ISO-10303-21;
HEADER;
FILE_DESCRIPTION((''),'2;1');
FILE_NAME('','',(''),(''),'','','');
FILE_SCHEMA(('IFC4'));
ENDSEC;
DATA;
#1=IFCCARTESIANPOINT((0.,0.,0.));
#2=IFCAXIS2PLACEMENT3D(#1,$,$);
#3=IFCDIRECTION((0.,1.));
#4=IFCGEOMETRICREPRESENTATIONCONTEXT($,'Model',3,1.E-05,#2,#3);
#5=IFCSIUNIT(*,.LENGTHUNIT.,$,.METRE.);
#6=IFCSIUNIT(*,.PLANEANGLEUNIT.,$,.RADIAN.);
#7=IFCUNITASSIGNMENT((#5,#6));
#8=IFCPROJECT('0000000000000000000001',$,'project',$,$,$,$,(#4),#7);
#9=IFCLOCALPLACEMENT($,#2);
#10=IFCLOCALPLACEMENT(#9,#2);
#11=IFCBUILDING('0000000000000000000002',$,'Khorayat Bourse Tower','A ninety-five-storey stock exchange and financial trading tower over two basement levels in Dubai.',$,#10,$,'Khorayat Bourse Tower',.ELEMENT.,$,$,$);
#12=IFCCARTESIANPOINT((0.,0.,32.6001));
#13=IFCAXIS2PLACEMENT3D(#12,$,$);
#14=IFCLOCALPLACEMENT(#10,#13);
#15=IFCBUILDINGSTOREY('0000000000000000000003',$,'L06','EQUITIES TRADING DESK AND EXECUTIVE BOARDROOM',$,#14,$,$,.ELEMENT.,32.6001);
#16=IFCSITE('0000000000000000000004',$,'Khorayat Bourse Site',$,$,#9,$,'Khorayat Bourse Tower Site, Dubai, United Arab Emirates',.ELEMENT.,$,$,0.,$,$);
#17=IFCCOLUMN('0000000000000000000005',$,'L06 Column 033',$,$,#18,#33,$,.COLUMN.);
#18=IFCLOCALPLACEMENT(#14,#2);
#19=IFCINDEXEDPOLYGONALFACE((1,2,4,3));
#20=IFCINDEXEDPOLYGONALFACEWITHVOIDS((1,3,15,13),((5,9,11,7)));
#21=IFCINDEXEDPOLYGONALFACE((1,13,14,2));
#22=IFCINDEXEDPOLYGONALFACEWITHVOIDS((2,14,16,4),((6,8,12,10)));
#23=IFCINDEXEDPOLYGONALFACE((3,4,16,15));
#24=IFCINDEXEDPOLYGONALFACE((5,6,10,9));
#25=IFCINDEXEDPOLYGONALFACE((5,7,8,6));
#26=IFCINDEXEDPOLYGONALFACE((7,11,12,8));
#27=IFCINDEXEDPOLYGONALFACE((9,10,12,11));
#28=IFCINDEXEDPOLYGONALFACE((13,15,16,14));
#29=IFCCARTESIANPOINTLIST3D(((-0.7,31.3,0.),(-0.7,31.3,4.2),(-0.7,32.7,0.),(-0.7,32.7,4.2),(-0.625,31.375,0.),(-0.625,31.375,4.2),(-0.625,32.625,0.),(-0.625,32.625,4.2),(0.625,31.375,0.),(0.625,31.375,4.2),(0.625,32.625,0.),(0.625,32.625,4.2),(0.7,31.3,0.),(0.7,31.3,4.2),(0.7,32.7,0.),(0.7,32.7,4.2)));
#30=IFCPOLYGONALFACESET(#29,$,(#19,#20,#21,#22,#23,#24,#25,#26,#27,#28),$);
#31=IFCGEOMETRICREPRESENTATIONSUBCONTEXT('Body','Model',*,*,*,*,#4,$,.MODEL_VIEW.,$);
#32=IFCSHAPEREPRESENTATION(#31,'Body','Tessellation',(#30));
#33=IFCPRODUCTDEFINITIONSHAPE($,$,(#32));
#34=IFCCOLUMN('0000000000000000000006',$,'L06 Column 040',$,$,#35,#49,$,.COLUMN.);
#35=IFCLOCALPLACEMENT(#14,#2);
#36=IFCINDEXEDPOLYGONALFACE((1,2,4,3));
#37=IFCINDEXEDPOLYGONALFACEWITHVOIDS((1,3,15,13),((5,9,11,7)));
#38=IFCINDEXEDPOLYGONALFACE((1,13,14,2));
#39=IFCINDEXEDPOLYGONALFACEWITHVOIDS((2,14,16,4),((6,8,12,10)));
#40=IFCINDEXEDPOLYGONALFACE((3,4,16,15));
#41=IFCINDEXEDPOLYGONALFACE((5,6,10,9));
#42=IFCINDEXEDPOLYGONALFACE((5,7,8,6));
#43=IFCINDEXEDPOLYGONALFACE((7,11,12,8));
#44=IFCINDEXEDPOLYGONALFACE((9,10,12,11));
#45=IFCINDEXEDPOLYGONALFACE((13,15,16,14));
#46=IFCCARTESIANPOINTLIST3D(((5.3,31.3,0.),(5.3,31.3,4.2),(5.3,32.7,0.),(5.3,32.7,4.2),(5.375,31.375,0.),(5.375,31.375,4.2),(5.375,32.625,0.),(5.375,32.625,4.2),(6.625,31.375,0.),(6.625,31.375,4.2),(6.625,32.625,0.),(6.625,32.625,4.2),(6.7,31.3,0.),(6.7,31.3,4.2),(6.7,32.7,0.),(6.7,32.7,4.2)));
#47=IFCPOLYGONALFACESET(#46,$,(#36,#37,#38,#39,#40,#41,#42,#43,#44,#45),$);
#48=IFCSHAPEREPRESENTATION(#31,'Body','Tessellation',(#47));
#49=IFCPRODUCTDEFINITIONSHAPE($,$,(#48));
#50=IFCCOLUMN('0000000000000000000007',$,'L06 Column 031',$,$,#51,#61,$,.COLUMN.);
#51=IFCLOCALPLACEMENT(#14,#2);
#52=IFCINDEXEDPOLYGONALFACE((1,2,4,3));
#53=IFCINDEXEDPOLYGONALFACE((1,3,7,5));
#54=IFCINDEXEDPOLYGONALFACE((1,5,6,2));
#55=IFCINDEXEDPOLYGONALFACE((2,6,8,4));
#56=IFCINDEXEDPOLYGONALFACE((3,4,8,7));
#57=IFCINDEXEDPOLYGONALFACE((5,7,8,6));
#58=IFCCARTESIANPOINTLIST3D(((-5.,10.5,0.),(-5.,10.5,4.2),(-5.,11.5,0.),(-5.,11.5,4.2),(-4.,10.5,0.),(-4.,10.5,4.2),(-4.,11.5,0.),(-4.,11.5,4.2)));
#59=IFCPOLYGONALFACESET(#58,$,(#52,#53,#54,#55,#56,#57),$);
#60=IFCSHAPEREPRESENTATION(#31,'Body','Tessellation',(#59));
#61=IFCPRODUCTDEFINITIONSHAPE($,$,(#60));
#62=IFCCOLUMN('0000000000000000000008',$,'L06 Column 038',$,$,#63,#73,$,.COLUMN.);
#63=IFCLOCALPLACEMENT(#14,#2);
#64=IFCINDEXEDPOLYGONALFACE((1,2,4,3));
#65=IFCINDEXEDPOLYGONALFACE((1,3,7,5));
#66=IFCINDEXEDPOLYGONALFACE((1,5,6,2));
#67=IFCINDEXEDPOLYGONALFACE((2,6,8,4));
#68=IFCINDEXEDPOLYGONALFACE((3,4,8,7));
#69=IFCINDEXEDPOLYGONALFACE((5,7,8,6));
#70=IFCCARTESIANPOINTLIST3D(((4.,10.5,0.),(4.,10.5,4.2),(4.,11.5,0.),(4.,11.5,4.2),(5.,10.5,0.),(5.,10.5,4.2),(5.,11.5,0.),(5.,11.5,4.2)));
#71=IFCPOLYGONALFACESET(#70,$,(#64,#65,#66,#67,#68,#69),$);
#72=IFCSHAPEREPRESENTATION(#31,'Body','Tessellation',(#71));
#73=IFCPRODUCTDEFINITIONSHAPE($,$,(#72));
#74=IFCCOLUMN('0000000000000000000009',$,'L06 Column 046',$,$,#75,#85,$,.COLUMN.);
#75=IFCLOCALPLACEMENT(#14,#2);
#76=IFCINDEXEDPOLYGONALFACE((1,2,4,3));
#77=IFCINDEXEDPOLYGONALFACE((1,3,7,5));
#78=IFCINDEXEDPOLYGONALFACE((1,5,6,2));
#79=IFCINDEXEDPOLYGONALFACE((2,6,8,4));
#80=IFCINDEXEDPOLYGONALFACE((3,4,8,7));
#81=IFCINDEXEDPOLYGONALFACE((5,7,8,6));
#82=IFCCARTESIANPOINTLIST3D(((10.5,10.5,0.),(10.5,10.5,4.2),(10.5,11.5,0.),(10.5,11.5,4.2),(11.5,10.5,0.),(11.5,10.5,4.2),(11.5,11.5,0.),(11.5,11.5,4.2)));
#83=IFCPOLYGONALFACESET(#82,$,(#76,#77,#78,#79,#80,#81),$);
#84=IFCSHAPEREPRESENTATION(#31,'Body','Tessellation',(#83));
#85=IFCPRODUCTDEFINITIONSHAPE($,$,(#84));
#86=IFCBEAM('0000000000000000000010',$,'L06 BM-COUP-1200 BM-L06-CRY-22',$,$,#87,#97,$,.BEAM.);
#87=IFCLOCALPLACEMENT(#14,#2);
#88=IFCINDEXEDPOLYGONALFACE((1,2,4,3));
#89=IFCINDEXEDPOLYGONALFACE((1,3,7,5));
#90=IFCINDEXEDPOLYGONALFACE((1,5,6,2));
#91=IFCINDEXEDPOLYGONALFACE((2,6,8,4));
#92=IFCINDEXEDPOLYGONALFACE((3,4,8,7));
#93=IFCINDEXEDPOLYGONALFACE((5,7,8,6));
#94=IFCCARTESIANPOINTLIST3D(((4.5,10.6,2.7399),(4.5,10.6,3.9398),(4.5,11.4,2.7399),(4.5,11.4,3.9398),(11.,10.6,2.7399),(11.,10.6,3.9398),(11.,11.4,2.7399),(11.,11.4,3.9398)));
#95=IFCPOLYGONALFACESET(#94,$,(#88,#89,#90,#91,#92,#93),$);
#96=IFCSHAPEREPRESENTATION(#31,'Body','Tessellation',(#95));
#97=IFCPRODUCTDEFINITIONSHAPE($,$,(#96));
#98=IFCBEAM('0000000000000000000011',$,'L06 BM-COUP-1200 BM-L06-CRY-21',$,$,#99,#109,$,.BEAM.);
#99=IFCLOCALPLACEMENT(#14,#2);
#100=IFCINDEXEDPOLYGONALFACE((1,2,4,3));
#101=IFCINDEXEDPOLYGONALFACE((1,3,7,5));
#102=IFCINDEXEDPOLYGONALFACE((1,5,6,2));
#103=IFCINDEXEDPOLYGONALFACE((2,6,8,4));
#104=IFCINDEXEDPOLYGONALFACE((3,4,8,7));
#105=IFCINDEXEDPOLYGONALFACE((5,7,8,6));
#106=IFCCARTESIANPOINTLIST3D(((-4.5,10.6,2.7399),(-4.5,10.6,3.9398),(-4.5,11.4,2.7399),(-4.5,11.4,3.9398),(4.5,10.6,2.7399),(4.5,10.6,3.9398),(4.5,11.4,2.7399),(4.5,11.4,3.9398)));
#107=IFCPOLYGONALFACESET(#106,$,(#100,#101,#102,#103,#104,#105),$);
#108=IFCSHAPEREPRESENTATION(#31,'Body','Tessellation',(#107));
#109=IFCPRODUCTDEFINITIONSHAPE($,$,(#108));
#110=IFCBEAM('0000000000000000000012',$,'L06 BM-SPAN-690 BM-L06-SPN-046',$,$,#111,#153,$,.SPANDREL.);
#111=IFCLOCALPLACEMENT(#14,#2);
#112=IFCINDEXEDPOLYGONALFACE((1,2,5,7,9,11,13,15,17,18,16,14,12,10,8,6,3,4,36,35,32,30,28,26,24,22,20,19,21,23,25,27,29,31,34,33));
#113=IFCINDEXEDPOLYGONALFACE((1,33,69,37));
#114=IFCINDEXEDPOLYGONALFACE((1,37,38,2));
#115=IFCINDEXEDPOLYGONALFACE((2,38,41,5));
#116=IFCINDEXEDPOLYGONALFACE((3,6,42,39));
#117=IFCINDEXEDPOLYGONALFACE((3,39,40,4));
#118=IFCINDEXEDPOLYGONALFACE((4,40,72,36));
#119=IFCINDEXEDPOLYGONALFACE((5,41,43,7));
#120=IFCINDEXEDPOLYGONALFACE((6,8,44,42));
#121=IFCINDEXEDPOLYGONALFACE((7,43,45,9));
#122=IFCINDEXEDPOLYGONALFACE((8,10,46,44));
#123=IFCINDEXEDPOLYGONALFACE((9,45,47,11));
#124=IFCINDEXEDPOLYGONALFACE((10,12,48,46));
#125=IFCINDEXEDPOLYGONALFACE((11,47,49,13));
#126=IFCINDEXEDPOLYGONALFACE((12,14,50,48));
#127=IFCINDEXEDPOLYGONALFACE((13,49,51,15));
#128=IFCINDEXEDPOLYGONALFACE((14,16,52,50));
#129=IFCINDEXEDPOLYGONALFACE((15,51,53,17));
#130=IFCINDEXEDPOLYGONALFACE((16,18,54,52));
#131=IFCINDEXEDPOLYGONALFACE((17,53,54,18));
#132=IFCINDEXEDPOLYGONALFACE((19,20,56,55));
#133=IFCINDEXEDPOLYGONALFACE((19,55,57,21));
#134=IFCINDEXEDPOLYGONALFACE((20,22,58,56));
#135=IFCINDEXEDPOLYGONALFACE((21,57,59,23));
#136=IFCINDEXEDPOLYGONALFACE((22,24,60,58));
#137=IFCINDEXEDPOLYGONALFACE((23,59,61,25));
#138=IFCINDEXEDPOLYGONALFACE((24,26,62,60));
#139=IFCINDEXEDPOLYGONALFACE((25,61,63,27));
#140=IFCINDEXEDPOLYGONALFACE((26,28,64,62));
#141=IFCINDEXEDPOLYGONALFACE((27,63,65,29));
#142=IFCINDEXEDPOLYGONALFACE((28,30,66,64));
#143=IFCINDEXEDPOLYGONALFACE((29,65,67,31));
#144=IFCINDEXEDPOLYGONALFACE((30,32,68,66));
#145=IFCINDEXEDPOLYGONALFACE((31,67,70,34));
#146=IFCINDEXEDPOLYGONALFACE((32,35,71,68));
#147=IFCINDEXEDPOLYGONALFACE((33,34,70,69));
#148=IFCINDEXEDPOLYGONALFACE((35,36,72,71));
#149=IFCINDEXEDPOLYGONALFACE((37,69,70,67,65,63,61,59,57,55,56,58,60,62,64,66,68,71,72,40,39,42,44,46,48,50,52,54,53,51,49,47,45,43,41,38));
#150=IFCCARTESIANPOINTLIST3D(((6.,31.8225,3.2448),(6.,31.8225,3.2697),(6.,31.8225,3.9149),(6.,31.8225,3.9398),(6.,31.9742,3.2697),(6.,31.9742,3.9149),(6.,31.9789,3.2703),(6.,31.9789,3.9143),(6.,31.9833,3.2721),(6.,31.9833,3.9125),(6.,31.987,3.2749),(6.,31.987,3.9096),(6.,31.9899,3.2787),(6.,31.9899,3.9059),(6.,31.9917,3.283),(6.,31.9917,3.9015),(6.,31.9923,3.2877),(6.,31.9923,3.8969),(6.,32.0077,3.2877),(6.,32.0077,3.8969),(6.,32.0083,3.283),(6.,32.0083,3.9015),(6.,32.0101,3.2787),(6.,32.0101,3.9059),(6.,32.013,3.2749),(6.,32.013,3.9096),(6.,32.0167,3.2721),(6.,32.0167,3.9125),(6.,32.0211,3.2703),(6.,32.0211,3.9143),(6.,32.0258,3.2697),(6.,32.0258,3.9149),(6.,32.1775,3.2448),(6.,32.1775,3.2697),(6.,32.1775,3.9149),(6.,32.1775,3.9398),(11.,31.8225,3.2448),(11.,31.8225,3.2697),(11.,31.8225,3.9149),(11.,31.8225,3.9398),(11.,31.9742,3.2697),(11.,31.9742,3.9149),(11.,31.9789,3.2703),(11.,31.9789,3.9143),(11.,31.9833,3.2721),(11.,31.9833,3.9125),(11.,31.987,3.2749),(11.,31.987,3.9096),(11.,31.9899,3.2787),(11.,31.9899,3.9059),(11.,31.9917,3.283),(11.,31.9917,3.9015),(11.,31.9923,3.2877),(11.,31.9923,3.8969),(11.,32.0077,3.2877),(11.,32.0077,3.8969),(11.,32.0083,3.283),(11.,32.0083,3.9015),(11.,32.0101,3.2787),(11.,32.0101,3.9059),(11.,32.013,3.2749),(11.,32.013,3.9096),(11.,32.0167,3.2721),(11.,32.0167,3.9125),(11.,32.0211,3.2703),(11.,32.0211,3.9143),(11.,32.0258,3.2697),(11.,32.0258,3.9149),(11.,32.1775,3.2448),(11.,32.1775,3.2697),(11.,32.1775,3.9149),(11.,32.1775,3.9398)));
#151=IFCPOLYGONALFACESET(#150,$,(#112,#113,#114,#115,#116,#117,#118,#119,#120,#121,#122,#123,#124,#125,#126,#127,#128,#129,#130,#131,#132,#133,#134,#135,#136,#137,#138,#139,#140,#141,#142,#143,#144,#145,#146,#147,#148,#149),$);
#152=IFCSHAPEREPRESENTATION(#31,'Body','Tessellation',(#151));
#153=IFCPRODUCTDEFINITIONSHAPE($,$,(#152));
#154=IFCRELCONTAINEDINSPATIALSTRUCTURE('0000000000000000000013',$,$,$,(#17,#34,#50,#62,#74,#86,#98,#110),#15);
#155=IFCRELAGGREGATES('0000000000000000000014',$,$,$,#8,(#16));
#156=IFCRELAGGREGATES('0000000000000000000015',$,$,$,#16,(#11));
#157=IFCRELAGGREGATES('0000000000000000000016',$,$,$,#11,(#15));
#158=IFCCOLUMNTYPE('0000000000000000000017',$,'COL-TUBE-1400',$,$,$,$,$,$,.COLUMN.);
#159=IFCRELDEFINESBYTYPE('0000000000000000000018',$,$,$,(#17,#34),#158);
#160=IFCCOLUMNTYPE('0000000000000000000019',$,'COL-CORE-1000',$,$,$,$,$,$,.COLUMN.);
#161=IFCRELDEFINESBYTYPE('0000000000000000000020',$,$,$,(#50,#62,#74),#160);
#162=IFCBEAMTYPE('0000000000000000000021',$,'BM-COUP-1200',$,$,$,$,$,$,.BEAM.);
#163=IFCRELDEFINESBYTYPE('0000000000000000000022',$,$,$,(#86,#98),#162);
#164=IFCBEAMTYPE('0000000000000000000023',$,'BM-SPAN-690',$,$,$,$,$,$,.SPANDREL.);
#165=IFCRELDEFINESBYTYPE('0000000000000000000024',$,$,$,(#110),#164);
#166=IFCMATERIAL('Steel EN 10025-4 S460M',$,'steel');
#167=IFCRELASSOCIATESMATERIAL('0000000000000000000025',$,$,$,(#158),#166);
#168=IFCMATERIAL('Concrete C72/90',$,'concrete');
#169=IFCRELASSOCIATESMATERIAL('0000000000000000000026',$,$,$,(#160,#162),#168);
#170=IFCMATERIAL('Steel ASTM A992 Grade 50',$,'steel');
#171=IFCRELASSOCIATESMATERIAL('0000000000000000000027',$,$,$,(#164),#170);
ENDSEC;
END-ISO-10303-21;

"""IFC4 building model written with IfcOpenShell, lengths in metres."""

from ifc_helpers import new_model, si_unit, direction, frame, origin, origin_2d, place, context, subcontext, project, spatial, rectangle, hollow_rectangle, i_section, extrude, source, transform, mapped, material, material_profile, profile_set, type_object, element, save


model = new_model("IFC4")

# Units and contexts
model_context = context("Model", 3, precision=1e-05, world=origin(), true_north=direction((0.0, 1.0)))
body_context = subcontext(model_context, "Body", "Model", "MODEL_VIEW")
ifc_project = project(units=[si_unit("LENGTHUNIT", "METRE"), si_unit("PLANEANGLEUNIT", "RADIAN")], contexts=[model_context])

# Site, building, storey
site_placement = place(None, origin())
site = spatial("IfcSite", under=ifc_project, at=site_placement, Name="Khorayat Bourse Site", LongName="Khorayat Bourse Tower Site, Dubai, United Arab Emirates", CompositionType="ELEMENT", RefElevation=0.0)
building_placement = place(site_placement, origin())
building = spatial("IfcBuilding", under=site, at=building_placement, Name="Khorayat Bourse Tower", Description="A ninety-five-storey stock exchange and financial trading tower over two basement levels in Dubai.", LongName="Khorayat Bourse Tower", CompositionType="ELEMENT")
storey_placement = place(building_placement, frame((0.0, 0.0, 32.6001)))
storey = spatial("IfcBuildingStorey", under=building, at=storey_placement, Name="L06", Description="EQUITIES TRADING DESK AND EXECUTIVE BOARDROOM", CompositionType="ELEMENT", Elevation=32.6001)

# Columns
ifc_material_1 = material(Name="Steel EN 10025-4 S460M", Category="steel")
ifc_material_profile_1 = material_profile(ifc_material_1, hollow_rectangle(XDim=1.3999, YDim=1.3999, WallThickness=0.075, at=origin_2d()), Name="BOX 1400x1400x75")
ifc_profile_set_1 = profile_set([ifc_material_profile_1], Name="Steel EN 10025-4 S460M")
column_type_1 = type_object("IfcColumnType", Name="COL-TUBE-1400", PredefinedType="COLUMN", material=ifc_profile_set_1)
shared_shape_1 = source(origin(), body_context, "Body", "SweptSolid", [
    extrude(hollow_rectangle(XDim=1.3999, YDim=1.3999, WallThickness=0.075, at=origin_2d()), origin(), (0.0, 0.0, 1.0), 4.2),
])
for number, where, z_axis, x_axis, name in (
    (1, (0.0, 32.0, 0.0), (0.0, 0.0, 1.0), (1.0, 0.0, 0.0), "L06 Column 033"),
    (2, (6.0, 32.0, 0.0), (0.0, 0.0, 1.0), (1.0, 0.0, 0.0), "L06 Column 040"),
):
    element("IfcColumn", number, at=place(storey_placement, frame(where, z_axis=z_axis, x_axis=x_axis)), inside=storey, type_object=column_type_1, Name=name, PredefinedType="COLUMN", context=body_context, shape_type="MappedRepresentation", body=[
        mapped(shared_shape_1, transform((0.0, 0.0, 0.0), scale=1.0)),
    ])
ifc_material_2 = material(Name="Concrete C72/90", Category="concrete")
ifc_material_profile_2 = material_profile(ifc_material_2, rectangle(XDim=1.0, YDim=1.0, at=origin_2d()), Name="RC 1000x1000")
ifc_profile_set_2 = profile_set([ifc_material_profile_2], Name="Concrete C72/90")
column_type_2 = type_object("IfcColumnType", Name="COL-CORE-1000", PredefinedType="COLUMN", material=ifc_profile_set_2)
shared_shape_2 = source(origin(), body_context, "Body", "SweptSolid", [
    extrude(rectangle(XDim=1.0, YDim=1.0, at=origin_2d()), origin(), (0.0, 0.0, 1.0), 4.2),
])
for number, where, z_axis, x_axis, name in (
    (3, (-4.5, 11.0, 0.0), (0.0, 0.0, 1.0), (1.0, 0.0, 0.0), "L06 Column 031"),
    (4, (4.5, 11.0, 0.0), (0.0, 0.0, 1.0), (1.0, 0.0, 0.0), "L06 Column 038"),
    (5, (11.0, 11.0, 0.0), (0.0, 0.0, 1.0), (1.0, 0.0, 0.0), "L06 Column 046"),
):
    element("IfcColumn", number, at=place(storey_placement, frame(where, z_axis=z_axis, x_axis=x_axis)), inside=storey, type_object=column_type_2, Name=name, PredefinedType="COLUMN", context=body_context, shape_type="MappedRepresentation", body=[
        mapped(shared_shape_2, transform((0.0, 0.0, 0.0), scale=1.0)),
    ])

# Beams
ifc_material_profile_3 = material_profile(ifc_material_2, rectangle(XDim=0.8, YDim=1.2, at=origin_2d()), Name="RC 800x1200")
ifc_profile_set_3 = profile_set([ifc_material_profile_3], Name="Concrete C72/90")
beam_type_1 = type_object("IfcBeamType", Name="BM-COUP-1200", PredefinedType="BEAM", material=ifc_profile_set_3)
shared_shape_3 = source(origin(), body_context, "Body", "SweptSolid", [
    extrude(rectangle(XDim=0.8, YDim=1.2, at=origin_2d()), origin(), (0.0, 0.0, 1.0), 6.5),
])
beam_1_placement = place(storey_placement, frame((4.5, 11.0, 3.3398), z_axis=(1.0, 0.0, 0.0), x_axis=(0.0, 1.0, 0.0)))
element("IfcBeam", 6, at=beam_1_placement, inside=storey, type_object=beam_type_1, Name="L06 BM-COUP-1200 BM-L06-CRY-22", PredefinedType="BEAM", context=body_context, shape_type="MappedRepresentation", body=[
    mapped(shared_shape_3, transform((0.0, 0.0, 0.0), scale=1.0)),
])
shared_shape_4 = source(origin(), body_context, "Body", "SweptSolid", [
    extrude(rectangle(XDim=0.8, YDim=1.2, at=origin_2d()), origin(), (0.0, 0.0, 1.0), 9.0),
])
beam_2_placement = place(storey_placement, frame((-4.5, 11.0, 3.3398), z_axis=(1.0, 0.0, 0.0), x_axis=(0.0, 1.0, 0.0)))
element("IfcBeam", 7, at=beam_2_placement, inside=storey, type_object=beam_type_1, Name="L06 BM-COUP-1200 BM-L06-CRY-21", PredefinedType="BEAM", context=body_context, shape_type="MappedRepresentation", body=[
    mapped(shared_shape_4, transform((0.0, 0.0, 0.0), scale=1.0)),
])
ifc_material_3 = material(Name="Steel ASTM A992 Grade 50", Category="steel")
ifc_material_profile_4 = material_profile(ifc_material_3, i_section(OverallWidth=0.355, OverallDepth=0.6951, WebThickness=0.0154, FlangeThickness=0.0249, FilletRadius=0.0181, at=origin_2d()), Name="W690X217")
ifc_profile_set_4 = profile_set([ifc_material_profile_4], Name="Steel ASTM A992 Grade 50")
beam_type_2 = type_object("IfcBeamType", Name="BM-SPAN-690", PredefinedType="SPANDREL", material=ifc_profile_set_4)
shared_shape_5 = source(origin(), body_context, "Body", "SweptSolid", [
    extrude(i_section(OverallWidth=0.355, OverallDepth=0.6951, WebThickness=0.0154, FlangeThickness=0.0249, FilletRadius=0.0181, at=origin_2d()), origin(), (0.0, 0.0, 1.0), 5.0),
])
beam_3_placement = place(storey_placement, frame((6.0, 32.0, 3.5923), z_axis=(1.0, 0.0, 0.0), x_axis=(0.0, 1.0, 0.0)))
element("IfcBeam", 8, at=beam_3_placement, inside=storey, type_object=beam_type_2, Name="L06 BM-SPAN-690 BM-L06-SPN-046", PredefinedType="SPANDREL", context=body_context, shape_type="MappedRepresentation", body=[
    mapped(shared_shape_5, transform((0.0, 0.0, 0.0), scale=1.0)),
])

save(model, "model.ifc")
